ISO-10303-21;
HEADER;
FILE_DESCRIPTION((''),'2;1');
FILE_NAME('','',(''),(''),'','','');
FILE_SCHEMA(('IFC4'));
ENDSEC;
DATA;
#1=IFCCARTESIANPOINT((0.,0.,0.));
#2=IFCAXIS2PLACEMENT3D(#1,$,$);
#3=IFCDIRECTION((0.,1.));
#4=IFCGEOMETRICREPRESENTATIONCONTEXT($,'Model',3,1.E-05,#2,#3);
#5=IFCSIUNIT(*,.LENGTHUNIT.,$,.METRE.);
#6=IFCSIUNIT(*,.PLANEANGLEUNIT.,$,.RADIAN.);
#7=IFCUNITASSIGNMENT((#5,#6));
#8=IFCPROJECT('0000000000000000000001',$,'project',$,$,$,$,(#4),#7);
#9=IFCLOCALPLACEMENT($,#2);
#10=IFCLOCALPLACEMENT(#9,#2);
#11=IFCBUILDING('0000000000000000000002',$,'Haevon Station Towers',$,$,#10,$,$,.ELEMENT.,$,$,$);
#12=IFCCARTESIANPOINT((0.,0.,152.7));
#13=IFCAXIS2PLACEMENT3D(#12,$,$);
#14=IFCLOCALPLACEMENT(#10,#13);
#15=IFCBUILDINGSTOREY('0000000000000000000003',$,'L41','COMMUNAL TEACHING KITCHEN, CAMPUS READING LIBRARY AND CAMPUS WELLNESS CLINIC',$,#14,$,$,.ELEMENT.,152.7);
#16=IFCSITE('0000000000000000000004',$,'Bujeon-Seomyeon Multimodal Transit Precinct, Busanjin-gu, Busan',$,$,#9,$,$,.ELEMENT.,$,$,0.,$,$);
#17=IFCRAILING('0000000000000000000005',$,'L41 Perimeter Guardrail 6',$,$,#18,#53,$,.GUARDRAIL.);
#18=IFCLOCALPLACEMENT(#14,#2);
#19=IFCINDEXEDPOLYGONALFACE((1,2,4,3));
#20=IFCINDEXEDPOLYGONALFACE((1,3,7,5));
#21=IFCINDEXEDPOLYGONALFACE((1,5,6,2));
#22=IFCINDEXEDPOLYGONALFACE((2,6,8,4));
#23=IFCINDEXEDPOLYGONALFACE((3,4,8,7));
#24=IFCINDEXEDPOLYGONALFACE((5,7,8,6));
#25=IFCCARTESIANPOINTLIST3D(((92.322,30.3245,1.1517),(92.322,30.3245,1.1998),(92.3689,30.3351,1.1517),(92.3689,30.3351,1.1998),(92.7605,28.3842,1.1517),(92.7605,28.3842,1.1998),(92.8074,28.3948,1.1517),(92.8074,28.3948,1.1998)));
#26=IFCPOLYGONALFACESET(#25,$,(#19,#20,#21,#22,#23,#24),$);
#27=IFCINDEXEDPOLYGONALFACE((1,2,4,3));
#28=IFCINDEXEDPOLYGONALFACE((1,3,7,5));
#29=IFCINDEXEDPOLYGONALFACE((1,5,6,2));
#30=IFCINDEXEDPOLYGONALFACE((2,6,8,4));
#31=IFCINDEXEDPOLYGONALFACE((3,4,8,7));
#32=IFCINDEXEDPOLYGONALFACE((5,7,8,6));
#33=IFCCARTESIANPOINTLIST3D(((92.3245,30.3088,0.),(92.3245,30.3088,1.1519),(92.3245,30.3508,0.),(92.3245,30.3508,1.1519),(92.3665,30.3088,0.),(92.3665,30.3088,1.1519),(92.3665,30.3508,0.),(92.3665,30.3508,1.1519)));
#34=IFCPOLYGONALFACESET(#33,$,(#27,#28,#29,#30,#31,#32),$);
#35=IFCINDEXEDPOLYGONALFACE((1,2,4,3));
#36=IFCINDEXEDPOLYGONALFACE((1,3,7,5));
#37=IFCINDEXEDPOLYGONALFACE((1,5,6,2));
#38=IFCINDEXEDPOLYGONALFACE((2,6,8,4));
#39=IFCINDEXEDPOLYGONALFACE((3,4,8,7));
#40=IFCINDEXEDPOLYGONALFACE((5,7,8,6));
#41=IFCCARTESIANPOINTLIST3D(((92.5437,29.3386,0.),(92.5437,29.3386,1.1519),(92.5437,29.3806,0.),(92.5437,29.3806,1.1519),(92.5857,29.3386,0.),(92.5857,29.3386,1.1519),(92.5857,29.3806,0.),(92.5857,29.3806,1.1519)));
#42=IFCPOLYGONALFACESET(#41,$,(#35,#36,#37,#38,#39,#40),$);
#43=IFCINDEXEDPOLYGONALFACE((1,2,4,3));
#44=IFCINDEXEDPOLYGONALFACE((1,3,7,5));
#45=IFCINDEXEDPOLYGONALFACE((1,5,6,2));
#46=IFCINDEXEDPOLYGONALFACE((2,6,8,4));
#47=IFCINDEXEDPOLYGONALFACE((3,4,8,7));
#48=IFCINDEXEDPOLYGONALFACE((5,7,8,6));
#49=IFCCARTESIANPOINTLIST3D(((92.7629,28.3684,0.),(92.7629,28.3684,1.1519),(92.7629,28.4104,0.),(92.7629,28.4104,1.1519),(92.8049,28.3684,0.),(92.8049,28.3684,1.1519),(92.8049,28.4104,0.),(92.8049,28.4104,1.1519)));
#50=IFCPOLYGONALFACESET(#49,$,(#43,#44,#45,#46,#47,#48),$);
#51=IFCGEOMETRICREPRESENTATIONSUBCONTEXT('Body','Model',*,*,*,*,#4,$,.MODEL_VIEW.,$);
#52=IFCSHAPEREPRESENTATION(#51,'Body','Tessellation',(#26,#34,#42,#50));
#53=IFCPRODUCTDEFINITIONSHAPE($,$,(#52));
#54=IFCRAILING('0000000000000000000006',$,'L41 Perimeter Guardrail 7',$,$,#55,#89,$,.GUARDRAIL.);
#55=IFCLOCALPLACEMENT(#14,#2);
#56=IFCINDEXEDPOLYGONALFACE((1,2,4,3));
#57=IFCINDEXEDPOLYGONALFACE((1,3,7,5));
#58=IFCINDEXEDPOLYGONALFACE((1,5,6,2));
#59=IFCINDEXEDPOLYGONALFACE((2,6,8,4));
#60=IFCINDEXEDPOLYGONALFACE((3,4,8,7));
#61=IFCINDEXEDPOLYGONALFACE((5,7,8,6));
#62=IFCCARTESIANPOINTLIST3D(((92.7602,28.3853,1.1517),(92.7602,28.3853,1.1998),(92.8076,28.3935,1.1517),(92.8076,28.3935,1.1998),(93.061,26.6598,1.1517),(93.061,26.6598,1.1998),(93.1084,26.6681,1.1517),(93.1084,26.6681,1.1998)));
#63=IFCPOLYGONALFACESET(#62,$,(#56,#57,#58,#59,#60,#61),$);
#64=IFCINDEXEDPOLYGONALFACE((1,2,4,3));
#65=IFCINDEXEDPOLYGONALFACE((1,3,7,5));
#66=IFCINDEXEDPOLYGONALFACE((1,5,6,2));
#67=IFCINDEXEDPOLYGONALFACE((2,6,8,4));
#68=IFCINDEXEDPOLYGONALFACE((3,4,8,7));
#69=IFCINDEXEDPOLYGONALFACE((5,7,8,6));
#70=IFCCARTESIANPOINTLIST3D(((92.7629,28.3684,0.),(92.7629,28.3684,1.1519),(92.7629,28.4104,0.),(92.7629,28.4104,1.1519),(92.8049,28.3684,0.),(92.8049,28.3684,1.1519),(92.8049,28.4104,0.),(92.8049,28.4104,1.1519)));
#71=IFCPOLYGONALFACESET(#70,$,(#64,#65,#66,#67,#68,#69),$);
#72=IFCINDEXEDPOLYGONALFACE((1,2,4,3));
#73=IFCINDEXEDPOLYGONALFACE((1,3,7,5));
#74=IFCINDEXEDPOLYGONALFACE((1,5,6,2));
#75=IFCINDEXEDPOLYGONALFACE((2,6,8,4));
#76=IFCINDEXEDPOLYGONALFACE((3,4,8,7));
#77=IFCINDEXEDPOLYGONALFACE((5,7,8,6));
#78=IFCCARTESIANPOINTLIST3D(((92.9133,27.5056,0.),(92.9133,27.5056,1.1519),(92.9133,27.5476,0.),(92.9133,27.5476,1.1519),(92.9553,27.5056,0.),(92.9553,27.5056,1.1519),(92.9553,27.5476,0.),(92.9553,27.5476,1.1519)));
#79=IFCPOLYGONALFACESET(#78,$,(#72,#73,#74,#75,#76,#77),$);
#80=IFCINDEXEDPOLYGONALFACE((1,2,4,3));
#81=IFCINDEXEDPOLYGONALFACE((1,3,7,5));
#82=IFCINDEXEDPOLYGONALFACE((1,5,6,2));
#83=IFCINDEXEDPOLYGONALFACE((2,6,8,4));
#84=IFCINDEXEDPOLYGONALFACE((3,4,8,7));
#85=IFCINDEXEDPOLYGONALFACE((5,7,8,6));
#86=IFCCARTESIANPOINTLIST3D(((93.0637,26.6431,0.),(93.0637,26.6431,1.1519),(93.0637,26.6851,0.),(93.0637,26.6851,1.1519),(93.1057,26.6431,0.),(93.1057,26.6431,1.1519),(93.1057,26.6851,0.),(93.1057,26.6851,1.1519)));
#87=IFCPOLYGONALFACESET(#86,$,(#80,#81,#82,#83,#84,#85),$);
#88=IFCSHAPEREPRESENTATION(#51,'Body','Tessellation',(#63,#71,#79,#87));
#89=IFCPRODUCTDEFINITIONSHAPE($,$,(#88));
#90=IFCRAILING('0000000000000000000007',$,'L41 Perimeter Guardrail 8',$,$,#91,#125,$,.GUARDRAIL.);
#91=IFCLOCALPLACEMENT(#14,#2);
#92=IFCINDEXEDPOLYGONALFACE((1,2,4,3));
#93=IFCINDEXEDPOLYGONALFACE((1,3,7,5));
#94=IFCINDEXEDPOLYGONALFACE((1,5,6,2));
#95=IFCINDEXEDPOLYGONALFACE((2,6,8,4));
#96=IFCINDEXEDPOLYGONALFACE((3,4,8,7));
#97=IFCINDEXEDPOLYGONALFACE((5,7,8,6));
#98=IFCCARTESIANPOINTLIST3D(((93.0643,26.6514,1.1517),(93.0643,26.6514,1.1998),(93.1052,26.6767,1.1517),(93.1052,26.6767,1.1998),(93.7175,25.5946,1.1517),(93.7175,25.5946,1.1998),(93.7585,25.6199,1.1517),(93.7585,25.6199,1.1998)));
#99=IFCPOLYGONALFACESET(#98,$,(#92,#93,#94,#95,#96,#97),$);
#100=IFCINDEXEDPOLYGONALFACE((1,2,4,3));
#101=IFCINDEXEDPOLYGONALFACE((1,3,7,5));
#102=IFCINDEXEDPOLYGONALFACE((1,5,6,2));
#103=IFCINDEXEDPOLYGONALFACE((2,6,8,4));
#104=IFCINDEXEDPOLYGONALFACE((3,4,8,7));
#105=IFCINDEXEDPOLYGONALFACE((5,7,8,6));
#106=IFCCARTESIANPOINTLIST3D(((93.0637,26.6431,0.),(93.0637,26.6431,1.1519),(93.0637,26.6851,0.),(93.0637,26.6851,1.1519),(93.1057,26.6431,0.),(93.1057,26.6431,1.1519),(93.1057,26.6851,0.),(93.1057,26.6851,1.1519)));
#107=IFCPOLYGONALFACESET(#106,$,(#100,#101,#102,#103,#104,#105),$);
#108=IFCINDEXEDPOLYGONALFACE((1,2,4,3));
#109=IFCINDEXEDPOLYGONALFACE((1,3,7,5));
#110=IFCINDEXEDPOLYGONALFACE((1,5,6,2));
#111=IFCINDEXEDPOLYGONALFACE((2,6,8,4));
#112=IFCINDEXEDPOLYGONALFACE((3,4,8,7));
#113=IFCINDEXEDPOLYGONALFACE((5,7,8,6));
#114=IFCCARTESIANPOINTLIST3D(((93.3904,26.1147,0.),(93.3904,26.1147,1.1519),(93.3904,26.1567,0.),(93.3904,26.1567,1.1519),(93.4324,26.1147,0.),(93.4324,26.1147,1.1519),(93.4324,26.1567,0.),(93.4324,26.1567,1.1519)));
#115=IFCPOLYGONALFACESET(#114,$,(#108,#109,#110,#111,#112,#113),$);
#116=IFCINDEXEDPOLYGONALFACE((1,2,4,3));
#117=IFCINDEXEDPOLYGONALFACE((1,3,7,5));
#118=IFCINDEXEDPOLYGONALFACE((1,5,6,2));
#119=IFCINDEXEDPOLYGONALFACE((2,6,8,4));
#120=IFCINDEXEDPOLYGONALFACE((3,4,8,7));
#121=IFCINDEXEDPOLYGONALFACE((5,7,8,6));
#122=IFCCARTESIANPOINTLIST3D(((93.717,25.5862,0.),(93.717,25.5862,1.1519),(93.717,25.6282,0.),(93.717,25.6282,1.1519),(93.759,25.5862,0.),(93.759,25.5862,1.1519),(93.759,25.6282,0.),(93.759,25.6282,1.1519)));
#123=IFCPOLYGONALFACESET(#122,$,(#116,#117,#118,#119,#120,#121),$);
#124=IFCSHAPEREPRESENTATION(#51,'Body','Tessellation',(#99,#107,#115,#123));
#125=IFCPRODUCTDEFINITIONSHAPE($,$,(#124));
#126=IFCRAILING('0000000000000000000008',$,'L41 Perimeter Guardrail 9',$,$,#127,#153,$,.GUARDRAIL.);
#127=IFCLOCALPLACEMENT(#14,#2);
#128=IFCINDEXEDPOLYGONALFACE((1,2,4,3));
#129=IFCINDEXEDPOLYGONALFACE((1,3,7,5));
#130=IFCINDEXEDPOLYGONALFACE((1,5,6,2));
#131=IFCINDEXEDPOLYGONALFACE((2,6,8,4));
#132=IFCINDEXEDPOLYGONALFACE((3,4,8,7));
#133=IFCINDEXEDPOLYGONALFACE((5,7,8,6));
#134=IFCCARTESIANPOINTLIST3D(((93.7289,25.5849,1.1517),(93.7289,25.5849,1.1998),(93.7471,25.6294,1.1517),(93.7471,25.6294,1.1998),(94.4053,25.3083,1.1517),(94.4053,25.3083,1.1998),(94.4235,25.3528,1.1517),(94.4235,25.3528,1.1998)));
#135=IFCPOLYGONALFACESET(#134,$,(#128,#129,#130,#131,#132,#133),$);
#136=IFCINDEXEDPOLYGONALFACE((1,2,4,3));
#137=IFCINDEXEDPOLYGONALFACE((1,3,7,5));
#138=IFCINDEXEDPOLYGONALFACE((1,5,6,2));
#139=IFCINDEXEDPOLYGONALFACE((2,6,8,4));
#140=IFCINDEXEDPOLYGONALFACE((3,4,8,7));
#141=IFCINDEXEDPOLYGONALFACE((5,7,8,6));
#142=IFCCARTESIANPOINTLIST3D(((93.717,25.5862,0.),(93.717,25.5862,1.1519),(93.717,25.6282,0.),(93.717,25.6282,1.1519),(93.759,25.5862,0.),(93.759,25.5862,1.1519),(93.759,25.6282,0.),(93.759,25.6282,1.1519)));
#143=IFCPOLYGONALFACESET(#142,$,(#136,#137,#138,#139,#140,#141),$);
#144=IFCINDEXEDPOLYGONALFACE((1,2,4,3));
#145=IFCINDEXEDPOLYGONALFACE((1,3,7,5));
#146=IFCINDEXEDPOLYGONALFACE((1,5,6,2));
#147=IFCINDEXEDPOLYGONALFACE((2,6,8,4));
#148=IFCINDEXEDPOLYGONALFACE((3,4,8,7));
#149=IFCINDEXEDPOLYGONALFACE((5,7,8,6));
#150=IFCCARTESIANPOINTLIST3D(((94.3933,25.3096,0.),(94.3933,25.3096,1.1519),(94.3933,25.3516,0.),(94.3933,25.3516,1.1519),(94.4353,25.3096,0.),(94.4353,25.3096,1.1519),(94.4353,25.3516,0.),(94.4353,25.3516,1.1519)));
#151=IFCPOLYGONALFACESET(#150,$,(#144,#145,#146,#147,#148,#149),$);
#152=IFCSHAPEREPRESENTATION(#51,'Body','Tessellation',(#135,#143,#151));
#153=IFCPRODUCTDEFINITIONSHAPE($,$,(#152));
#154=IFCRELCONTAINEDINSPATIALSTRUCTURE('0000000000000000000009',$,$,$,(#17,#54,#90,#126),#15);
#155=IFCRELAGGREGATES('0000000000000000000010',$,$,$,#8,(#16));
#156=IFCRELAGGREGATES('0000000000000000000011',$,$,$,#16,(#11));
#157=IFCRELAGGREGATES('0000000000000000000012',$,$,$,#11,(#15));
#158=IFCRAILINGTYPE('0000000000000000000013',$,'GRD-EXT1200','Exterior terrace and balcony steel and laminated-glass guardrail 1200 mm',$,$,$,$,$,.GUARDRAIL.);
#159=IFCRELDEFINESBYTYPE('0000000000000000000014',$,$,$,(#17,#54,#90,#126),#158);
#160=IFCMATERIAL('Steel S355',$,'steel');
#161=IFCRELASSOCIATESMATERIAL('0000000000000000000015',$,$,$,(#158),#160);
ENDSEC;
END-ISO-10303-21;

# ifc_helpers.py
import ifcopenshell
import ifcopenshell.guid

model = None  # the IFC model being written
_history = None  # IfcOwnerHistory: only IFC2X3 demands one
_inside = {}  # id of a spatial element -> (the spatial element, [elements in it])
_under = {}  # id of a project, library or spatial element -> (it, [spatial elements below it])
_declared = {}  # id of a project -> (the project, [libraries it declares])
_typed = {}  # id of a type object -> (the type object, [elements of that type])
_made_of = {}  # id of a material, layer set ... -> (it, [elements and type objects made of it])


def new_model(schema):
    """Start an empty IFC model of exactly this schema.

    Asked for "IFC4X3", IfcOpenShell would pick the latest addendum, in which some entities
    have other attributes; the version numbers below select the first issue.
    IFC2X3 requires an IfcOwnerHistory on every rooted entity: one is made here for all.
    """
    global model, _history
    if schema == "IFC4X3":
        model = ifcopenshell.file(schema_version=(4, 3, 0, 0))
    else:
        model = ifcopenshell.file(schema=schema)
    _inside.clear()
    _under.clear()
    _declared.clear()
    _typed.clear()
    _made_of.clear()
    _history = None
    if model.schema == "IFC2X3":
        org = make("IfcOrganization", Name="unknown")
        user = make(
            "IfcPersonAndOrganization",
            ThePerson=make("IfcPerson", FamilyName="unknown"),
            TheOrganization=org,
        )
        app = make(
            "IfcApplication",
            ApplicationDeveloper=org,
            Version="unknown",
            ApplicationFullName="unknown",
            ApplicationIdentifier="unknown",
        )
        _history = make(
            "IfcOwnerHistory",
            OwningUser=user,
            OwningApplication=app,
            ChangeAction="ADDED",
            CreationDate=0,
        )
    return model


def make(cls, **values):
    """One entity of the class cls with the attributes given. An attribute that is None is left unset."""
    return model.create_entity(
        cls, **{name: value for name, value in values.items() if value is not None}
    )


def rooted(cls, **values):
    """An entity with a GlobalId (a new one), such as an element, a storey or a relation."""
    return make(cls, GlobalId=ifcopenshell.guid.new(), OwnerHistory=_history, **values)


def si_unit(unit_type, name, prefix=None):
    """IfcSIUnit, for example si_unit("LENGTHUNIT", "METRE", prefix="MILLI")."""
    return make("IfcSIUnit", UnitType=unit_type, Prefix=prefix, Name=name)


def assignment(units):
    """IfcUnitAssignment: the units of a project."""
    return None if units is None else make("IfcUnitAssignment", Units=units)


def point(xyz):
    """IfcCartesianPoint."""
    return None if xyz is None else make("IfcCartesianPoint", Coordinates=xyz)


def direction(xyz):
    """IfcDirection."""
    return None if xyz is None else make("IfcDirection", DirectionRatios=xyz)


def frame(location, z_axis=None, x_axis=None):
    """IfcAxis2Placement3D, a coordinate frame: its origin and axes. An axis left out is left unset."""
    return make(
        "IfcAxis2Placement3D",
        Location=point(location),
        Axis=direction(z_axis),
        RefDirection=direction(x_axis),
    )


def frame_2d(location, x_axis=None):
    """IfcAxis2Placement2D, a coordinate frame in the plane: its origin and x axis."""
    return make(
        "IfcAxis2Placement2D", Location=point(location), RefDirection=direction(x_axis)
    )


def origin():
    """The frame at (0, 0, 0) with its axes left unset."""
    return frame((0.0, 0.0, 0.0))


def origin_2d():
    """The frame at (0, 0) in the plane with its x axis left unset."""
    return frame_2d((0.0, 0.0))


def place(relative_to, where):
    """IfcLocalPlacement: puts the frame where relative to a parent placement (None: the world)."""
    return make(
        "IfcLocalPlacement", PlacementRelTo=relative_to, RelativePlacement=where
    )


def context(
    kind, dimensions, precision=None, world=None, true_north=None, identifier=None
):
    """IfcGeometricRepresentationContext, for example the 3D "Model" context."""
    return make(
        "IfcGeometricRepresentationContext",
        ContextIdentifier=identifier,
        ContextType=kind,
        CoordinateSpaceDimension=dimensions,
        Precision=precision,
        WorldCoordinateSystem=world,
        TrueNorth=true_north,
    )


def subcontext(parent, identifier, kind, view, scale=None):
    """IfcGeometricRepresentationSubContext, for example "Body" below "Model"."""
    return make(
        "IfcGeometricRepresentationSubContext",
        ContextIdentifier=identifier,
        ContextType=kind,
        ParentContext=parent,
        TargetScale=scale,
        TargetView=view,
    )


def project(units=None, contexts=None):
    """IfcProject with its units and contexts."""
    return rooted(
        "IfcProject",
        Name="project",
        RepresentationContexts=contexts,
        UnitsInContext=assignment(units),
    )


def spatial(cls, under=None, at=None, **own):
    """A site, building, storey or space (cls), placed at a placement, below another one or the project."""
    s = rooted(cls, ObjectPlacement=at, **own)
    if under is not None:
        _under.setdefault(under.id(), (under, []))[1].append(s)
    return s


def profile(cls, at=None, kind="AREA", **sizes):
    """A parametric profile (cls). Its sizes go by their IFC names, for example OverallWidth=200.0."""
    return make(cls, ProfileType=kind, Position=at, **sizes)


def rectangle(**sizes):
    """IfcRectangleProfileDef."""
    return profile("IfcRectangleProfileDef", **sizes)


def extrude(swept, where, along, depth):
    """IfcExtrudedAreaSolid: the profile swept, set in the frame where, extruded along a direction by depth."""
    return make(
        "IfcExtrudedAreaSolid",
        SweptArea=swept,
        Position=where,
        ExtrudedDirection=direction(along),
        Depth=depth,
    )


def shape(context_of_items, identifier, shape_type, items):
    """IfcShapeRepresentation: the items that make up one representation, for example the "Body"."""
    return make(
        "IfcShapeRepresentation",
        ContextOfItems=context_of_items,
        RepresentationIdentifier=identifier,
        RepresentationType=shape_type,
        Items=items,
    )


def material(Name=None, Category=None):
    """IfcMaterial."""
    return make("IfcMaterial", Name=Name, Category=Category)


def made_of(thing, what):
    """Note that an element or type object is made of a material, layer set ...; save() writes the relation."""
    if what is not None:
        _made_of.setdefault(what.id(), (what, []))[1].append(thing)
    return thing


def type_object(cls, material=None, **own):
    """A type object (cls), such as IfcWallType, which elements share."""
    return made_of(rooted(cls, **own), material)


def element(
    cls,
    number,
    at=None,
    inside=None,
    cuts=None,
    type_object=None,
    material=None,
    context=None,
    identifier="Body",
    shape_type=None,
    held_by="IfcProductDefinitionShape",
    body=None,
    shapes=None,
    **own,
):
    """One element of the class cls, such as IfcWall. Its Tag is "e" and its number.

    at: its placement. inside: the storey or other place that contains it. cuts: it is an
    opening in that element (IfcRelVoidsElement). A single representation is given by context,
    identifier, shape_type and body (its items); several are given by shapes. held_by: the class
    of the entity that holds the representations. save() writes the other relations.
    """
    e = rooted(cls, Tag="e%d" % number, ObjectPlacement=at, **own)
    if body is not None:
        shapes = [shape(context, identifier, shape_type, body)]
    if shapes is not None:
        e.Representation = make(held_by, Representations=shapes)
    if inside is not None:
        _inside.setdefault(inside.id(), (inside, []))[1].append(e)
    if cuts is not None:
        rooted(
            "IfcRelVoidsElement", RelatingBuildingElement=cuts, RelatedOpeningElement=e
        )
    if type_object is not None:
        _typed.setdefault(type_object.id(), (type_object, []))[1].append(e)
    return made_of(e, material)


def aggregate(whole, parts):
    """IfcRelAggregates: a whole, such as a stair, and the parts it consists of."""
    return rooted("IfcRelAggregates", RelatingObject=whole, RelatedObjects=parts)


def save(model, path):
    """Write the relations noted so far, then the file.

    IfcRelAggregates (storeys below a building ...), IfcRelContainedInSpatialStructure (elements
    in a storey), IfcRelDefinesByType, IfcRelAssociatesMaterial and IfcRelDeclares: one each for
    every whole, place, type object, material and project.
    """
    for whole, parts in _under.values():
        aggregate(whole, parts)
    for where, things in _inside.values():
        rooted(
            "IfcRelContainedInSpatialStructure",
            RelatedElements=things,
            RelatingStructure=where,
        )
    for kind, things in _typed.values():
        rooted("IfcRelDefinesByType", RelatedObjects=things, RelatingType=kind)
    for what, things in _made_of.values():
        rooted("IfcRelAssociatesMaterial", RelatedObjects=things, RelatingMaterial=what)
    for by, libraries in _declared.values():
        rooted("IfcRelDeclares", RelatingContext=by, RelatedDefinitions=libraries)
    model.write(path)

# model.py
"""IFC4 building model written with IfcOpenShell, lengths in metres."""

from ifc_helpers import new_model, si_unit, direction, frame, origin, origin_2d, place, context, subcontext, project, spatial, rectangle, extrude, material, type_object, element, save


model = new_model("IFC4")

# Units and contexts
model_context = context("Model", 3, precision=1e-05, world=origin(), true_north=direction((0.0, 1.0)))
body_context = subcontext(model_context, "Body", "Model", "MODEL_VIEW")
ifc_project = project(units=[si_unit("LENGTHUNIT", "METRE"), si_unit("PLANEANGLEUNIT", "RADIAN")], contexts=[model_context])

# Site, building, storey
site_placement = place(None, origin())
site = spatial("IfcSite", under=ifc_project, at=site_placement, Name="Bujeon-Seomyeon Multimodal Transit Precinct, Busanjin-gu, Busan", CompositionType="ELEMENT", RefElevation=0.0)
building_placement = place(site_placement, origin())
building = spatial("IfcBuilding", under=site, at=building_placement, Name="Haevon Station Towers", CompositionType="ELEMENT")
storey_placement = place(building_placement, frame((0.0, 0.0, 152.7)))
storey = spatial("IfcBuildingStorey", under=building, at=storey_placement, Name="L41", Description="COMMUNAL TEACHING KITCHEN, CAMPUS READING LIBRARY AND CAMPUS WELLNESS CLINIC", CompositionType="ELEMENT", Elevation=152.7)

# Shared definitions
ifc_material_1 = material(Name="Steel S355", Category="steel")

# Railings
railing_type = type_object("IfcRailingType", Name="GRD-EXT1200", Description="Exterior terrace and balcony steel and laminated-glass guardrail 1200 mm", PredefinedType="GUARDRAIL", material=ifc_material_1)
railing_1_placement = place(storey_placement, frame((92.3455, 30.3298, 0.0)))
element("IfcRailing", 1, at=railing_1_placement, inside=storey, type_object=railing_type, Name="L41 Perimeter Guardrail 6", PredefinedType="GUARDRAIL", context=body_context, shape_type="SweptSolid", body=[
    extrude(rectangle(XDim=0.0481, YDim=0.0481, at=origin_2d()), frame((0.0, 0.0, 1.1758), z_axis=(0.220412, -0.975407, 0.0), x_axis=(0.975407, 0.220412, 0.0)), (0.0, 0.0, 1.0), 1.9893),
    extrude(rectangle(XDim=0.042, YDim=0.042, at=origin_2d()), origin(), (0.0, 0.0, 1.0), 1.1519),
    extrude(rectangle(XDim=0.042, YDim=0.042, at=origin_2d()), frame((0.2192, -0.9702, 0.0)), (0.0, 0.0, 1.0), 1.1519),
    extrude(rectangle(XDim=0.042, YDim=0.042, at=origin_2d()), frame((0.4385, -1.9404, 0.0)), (0.0, 0.0, 1.0), 1.1519),
])
railing_2_placement = place(storey_placement, frame((92.7839, 28.3894, 0.0)))
element("IfcRailing", 2, at=railing_2_placement, inside=storey, type_object=railing_type, Name="L41 Perimeter Guardrail 7", PredefinedType="GUARDRAIL", context=body_context, shape_type="SweptSolid", body=[
    extrude(rectangle(XDim=0.0481, YDim=0.0481, at=origin_2d()), frame((0.0, 0.0, 1.1758), z_axis=(0.171741, -0.985142, 0.0), x_axis=(0.985142, 0.171741, 0.0)), (0.0, 0.0, 1.0), 1.7515),
    extrude(rectangle(XDim=0.042, YDim=0.042, at=origin_2d()), origin(), (0.0, 0.0, 1.0), 1.1519),
    extrude(rectangle(XDim=0.042, YDim=0.042, at=origin_2d()), frame((0.1504, -0.8628, 0.0)), (0.0, 0.0, 1.0), 1.1519),
    extrude(rectangle(XDim=0.042, YDim=0.042, at=origin_2d()), frame((0.3008, -1.7253, 0.0)), (0.0, 0.0, 1.0), 1.1519),
])
railing_3_placement = place(storey_placement, frame((93.0847, 26.6641, 0.0)))
element("IfcRailing", 3, at=railing_3_placement, inside=storey, type_object=railing_type, Name="L41 Perimeter Guardrail 8", PredefinedType="GUARDRAIL", context=body_context, shape_type="SweptSolid", body=[
    extrude(rectangle(XDim=0.0481, YDim=0.0481, at=origin_2d()), frame((0.0, 0.0, 1.1758), z_axis=(0.525807, -0.850604, 0.0), x_axis=(0.850604, 0.525807, 0.0)), (0.0, 0.0, 1.0), 1.2424),
    extrude(rectangle(XDim=0.042, YDim=0.042, at=origin_2d()), origin(), (0.0, 0.0, 1.0), 1.1519),
    extrude(rectangle(XDim=0.042, YDim=0.042, at=origin_2d()), frame((0.3267, -0.5283, 0.0)), (0.0, 0.0, 1.0), 1.1519),
    extrude(rectangle(XDim=0.042, YDim=0.042, at=origin_2d()), frame((0.6533, -1.0569, 0.0)), (0.0, 0.0, 1.0), 1.1519),
])
railing_4_placement = place(storey_placement, frame((93.738, 25.6072, 0.0)))
element("IfcRailing", 4, at=railing_4_placement, inside=storey, type_object=railing_type, Name="L41 Perimeter Guardrail 9", PredefinedType="GUARDRAIL", context=body_context, shape_type="SweptSolid", body=[
    extrude(rectangle(XDim=0.0481, YDim=0.0481, at=origin_2d()), frame((0.0, 0.0, 1.1758), z_axis=(0.925568, -0.378581, 0.0), x_axis=(0.378581, 0.925568, 0.0)), (0.0, 0.0, 1.0), 0.7307),
    extrude(rectangle(XDim=0.042, YDim=0.042, at=origin_2d()), origin(), (0.0, 0.0, 1.0), 1.1519),
    extrude(rectangle(XDim=0.042, YDim=0.042, at=origin_2d()), frame((0.6763, -0.2766, 0.0)), (0.0, 0.0, 1.0), 1.1519),
])

save(model, "model.ifc")
